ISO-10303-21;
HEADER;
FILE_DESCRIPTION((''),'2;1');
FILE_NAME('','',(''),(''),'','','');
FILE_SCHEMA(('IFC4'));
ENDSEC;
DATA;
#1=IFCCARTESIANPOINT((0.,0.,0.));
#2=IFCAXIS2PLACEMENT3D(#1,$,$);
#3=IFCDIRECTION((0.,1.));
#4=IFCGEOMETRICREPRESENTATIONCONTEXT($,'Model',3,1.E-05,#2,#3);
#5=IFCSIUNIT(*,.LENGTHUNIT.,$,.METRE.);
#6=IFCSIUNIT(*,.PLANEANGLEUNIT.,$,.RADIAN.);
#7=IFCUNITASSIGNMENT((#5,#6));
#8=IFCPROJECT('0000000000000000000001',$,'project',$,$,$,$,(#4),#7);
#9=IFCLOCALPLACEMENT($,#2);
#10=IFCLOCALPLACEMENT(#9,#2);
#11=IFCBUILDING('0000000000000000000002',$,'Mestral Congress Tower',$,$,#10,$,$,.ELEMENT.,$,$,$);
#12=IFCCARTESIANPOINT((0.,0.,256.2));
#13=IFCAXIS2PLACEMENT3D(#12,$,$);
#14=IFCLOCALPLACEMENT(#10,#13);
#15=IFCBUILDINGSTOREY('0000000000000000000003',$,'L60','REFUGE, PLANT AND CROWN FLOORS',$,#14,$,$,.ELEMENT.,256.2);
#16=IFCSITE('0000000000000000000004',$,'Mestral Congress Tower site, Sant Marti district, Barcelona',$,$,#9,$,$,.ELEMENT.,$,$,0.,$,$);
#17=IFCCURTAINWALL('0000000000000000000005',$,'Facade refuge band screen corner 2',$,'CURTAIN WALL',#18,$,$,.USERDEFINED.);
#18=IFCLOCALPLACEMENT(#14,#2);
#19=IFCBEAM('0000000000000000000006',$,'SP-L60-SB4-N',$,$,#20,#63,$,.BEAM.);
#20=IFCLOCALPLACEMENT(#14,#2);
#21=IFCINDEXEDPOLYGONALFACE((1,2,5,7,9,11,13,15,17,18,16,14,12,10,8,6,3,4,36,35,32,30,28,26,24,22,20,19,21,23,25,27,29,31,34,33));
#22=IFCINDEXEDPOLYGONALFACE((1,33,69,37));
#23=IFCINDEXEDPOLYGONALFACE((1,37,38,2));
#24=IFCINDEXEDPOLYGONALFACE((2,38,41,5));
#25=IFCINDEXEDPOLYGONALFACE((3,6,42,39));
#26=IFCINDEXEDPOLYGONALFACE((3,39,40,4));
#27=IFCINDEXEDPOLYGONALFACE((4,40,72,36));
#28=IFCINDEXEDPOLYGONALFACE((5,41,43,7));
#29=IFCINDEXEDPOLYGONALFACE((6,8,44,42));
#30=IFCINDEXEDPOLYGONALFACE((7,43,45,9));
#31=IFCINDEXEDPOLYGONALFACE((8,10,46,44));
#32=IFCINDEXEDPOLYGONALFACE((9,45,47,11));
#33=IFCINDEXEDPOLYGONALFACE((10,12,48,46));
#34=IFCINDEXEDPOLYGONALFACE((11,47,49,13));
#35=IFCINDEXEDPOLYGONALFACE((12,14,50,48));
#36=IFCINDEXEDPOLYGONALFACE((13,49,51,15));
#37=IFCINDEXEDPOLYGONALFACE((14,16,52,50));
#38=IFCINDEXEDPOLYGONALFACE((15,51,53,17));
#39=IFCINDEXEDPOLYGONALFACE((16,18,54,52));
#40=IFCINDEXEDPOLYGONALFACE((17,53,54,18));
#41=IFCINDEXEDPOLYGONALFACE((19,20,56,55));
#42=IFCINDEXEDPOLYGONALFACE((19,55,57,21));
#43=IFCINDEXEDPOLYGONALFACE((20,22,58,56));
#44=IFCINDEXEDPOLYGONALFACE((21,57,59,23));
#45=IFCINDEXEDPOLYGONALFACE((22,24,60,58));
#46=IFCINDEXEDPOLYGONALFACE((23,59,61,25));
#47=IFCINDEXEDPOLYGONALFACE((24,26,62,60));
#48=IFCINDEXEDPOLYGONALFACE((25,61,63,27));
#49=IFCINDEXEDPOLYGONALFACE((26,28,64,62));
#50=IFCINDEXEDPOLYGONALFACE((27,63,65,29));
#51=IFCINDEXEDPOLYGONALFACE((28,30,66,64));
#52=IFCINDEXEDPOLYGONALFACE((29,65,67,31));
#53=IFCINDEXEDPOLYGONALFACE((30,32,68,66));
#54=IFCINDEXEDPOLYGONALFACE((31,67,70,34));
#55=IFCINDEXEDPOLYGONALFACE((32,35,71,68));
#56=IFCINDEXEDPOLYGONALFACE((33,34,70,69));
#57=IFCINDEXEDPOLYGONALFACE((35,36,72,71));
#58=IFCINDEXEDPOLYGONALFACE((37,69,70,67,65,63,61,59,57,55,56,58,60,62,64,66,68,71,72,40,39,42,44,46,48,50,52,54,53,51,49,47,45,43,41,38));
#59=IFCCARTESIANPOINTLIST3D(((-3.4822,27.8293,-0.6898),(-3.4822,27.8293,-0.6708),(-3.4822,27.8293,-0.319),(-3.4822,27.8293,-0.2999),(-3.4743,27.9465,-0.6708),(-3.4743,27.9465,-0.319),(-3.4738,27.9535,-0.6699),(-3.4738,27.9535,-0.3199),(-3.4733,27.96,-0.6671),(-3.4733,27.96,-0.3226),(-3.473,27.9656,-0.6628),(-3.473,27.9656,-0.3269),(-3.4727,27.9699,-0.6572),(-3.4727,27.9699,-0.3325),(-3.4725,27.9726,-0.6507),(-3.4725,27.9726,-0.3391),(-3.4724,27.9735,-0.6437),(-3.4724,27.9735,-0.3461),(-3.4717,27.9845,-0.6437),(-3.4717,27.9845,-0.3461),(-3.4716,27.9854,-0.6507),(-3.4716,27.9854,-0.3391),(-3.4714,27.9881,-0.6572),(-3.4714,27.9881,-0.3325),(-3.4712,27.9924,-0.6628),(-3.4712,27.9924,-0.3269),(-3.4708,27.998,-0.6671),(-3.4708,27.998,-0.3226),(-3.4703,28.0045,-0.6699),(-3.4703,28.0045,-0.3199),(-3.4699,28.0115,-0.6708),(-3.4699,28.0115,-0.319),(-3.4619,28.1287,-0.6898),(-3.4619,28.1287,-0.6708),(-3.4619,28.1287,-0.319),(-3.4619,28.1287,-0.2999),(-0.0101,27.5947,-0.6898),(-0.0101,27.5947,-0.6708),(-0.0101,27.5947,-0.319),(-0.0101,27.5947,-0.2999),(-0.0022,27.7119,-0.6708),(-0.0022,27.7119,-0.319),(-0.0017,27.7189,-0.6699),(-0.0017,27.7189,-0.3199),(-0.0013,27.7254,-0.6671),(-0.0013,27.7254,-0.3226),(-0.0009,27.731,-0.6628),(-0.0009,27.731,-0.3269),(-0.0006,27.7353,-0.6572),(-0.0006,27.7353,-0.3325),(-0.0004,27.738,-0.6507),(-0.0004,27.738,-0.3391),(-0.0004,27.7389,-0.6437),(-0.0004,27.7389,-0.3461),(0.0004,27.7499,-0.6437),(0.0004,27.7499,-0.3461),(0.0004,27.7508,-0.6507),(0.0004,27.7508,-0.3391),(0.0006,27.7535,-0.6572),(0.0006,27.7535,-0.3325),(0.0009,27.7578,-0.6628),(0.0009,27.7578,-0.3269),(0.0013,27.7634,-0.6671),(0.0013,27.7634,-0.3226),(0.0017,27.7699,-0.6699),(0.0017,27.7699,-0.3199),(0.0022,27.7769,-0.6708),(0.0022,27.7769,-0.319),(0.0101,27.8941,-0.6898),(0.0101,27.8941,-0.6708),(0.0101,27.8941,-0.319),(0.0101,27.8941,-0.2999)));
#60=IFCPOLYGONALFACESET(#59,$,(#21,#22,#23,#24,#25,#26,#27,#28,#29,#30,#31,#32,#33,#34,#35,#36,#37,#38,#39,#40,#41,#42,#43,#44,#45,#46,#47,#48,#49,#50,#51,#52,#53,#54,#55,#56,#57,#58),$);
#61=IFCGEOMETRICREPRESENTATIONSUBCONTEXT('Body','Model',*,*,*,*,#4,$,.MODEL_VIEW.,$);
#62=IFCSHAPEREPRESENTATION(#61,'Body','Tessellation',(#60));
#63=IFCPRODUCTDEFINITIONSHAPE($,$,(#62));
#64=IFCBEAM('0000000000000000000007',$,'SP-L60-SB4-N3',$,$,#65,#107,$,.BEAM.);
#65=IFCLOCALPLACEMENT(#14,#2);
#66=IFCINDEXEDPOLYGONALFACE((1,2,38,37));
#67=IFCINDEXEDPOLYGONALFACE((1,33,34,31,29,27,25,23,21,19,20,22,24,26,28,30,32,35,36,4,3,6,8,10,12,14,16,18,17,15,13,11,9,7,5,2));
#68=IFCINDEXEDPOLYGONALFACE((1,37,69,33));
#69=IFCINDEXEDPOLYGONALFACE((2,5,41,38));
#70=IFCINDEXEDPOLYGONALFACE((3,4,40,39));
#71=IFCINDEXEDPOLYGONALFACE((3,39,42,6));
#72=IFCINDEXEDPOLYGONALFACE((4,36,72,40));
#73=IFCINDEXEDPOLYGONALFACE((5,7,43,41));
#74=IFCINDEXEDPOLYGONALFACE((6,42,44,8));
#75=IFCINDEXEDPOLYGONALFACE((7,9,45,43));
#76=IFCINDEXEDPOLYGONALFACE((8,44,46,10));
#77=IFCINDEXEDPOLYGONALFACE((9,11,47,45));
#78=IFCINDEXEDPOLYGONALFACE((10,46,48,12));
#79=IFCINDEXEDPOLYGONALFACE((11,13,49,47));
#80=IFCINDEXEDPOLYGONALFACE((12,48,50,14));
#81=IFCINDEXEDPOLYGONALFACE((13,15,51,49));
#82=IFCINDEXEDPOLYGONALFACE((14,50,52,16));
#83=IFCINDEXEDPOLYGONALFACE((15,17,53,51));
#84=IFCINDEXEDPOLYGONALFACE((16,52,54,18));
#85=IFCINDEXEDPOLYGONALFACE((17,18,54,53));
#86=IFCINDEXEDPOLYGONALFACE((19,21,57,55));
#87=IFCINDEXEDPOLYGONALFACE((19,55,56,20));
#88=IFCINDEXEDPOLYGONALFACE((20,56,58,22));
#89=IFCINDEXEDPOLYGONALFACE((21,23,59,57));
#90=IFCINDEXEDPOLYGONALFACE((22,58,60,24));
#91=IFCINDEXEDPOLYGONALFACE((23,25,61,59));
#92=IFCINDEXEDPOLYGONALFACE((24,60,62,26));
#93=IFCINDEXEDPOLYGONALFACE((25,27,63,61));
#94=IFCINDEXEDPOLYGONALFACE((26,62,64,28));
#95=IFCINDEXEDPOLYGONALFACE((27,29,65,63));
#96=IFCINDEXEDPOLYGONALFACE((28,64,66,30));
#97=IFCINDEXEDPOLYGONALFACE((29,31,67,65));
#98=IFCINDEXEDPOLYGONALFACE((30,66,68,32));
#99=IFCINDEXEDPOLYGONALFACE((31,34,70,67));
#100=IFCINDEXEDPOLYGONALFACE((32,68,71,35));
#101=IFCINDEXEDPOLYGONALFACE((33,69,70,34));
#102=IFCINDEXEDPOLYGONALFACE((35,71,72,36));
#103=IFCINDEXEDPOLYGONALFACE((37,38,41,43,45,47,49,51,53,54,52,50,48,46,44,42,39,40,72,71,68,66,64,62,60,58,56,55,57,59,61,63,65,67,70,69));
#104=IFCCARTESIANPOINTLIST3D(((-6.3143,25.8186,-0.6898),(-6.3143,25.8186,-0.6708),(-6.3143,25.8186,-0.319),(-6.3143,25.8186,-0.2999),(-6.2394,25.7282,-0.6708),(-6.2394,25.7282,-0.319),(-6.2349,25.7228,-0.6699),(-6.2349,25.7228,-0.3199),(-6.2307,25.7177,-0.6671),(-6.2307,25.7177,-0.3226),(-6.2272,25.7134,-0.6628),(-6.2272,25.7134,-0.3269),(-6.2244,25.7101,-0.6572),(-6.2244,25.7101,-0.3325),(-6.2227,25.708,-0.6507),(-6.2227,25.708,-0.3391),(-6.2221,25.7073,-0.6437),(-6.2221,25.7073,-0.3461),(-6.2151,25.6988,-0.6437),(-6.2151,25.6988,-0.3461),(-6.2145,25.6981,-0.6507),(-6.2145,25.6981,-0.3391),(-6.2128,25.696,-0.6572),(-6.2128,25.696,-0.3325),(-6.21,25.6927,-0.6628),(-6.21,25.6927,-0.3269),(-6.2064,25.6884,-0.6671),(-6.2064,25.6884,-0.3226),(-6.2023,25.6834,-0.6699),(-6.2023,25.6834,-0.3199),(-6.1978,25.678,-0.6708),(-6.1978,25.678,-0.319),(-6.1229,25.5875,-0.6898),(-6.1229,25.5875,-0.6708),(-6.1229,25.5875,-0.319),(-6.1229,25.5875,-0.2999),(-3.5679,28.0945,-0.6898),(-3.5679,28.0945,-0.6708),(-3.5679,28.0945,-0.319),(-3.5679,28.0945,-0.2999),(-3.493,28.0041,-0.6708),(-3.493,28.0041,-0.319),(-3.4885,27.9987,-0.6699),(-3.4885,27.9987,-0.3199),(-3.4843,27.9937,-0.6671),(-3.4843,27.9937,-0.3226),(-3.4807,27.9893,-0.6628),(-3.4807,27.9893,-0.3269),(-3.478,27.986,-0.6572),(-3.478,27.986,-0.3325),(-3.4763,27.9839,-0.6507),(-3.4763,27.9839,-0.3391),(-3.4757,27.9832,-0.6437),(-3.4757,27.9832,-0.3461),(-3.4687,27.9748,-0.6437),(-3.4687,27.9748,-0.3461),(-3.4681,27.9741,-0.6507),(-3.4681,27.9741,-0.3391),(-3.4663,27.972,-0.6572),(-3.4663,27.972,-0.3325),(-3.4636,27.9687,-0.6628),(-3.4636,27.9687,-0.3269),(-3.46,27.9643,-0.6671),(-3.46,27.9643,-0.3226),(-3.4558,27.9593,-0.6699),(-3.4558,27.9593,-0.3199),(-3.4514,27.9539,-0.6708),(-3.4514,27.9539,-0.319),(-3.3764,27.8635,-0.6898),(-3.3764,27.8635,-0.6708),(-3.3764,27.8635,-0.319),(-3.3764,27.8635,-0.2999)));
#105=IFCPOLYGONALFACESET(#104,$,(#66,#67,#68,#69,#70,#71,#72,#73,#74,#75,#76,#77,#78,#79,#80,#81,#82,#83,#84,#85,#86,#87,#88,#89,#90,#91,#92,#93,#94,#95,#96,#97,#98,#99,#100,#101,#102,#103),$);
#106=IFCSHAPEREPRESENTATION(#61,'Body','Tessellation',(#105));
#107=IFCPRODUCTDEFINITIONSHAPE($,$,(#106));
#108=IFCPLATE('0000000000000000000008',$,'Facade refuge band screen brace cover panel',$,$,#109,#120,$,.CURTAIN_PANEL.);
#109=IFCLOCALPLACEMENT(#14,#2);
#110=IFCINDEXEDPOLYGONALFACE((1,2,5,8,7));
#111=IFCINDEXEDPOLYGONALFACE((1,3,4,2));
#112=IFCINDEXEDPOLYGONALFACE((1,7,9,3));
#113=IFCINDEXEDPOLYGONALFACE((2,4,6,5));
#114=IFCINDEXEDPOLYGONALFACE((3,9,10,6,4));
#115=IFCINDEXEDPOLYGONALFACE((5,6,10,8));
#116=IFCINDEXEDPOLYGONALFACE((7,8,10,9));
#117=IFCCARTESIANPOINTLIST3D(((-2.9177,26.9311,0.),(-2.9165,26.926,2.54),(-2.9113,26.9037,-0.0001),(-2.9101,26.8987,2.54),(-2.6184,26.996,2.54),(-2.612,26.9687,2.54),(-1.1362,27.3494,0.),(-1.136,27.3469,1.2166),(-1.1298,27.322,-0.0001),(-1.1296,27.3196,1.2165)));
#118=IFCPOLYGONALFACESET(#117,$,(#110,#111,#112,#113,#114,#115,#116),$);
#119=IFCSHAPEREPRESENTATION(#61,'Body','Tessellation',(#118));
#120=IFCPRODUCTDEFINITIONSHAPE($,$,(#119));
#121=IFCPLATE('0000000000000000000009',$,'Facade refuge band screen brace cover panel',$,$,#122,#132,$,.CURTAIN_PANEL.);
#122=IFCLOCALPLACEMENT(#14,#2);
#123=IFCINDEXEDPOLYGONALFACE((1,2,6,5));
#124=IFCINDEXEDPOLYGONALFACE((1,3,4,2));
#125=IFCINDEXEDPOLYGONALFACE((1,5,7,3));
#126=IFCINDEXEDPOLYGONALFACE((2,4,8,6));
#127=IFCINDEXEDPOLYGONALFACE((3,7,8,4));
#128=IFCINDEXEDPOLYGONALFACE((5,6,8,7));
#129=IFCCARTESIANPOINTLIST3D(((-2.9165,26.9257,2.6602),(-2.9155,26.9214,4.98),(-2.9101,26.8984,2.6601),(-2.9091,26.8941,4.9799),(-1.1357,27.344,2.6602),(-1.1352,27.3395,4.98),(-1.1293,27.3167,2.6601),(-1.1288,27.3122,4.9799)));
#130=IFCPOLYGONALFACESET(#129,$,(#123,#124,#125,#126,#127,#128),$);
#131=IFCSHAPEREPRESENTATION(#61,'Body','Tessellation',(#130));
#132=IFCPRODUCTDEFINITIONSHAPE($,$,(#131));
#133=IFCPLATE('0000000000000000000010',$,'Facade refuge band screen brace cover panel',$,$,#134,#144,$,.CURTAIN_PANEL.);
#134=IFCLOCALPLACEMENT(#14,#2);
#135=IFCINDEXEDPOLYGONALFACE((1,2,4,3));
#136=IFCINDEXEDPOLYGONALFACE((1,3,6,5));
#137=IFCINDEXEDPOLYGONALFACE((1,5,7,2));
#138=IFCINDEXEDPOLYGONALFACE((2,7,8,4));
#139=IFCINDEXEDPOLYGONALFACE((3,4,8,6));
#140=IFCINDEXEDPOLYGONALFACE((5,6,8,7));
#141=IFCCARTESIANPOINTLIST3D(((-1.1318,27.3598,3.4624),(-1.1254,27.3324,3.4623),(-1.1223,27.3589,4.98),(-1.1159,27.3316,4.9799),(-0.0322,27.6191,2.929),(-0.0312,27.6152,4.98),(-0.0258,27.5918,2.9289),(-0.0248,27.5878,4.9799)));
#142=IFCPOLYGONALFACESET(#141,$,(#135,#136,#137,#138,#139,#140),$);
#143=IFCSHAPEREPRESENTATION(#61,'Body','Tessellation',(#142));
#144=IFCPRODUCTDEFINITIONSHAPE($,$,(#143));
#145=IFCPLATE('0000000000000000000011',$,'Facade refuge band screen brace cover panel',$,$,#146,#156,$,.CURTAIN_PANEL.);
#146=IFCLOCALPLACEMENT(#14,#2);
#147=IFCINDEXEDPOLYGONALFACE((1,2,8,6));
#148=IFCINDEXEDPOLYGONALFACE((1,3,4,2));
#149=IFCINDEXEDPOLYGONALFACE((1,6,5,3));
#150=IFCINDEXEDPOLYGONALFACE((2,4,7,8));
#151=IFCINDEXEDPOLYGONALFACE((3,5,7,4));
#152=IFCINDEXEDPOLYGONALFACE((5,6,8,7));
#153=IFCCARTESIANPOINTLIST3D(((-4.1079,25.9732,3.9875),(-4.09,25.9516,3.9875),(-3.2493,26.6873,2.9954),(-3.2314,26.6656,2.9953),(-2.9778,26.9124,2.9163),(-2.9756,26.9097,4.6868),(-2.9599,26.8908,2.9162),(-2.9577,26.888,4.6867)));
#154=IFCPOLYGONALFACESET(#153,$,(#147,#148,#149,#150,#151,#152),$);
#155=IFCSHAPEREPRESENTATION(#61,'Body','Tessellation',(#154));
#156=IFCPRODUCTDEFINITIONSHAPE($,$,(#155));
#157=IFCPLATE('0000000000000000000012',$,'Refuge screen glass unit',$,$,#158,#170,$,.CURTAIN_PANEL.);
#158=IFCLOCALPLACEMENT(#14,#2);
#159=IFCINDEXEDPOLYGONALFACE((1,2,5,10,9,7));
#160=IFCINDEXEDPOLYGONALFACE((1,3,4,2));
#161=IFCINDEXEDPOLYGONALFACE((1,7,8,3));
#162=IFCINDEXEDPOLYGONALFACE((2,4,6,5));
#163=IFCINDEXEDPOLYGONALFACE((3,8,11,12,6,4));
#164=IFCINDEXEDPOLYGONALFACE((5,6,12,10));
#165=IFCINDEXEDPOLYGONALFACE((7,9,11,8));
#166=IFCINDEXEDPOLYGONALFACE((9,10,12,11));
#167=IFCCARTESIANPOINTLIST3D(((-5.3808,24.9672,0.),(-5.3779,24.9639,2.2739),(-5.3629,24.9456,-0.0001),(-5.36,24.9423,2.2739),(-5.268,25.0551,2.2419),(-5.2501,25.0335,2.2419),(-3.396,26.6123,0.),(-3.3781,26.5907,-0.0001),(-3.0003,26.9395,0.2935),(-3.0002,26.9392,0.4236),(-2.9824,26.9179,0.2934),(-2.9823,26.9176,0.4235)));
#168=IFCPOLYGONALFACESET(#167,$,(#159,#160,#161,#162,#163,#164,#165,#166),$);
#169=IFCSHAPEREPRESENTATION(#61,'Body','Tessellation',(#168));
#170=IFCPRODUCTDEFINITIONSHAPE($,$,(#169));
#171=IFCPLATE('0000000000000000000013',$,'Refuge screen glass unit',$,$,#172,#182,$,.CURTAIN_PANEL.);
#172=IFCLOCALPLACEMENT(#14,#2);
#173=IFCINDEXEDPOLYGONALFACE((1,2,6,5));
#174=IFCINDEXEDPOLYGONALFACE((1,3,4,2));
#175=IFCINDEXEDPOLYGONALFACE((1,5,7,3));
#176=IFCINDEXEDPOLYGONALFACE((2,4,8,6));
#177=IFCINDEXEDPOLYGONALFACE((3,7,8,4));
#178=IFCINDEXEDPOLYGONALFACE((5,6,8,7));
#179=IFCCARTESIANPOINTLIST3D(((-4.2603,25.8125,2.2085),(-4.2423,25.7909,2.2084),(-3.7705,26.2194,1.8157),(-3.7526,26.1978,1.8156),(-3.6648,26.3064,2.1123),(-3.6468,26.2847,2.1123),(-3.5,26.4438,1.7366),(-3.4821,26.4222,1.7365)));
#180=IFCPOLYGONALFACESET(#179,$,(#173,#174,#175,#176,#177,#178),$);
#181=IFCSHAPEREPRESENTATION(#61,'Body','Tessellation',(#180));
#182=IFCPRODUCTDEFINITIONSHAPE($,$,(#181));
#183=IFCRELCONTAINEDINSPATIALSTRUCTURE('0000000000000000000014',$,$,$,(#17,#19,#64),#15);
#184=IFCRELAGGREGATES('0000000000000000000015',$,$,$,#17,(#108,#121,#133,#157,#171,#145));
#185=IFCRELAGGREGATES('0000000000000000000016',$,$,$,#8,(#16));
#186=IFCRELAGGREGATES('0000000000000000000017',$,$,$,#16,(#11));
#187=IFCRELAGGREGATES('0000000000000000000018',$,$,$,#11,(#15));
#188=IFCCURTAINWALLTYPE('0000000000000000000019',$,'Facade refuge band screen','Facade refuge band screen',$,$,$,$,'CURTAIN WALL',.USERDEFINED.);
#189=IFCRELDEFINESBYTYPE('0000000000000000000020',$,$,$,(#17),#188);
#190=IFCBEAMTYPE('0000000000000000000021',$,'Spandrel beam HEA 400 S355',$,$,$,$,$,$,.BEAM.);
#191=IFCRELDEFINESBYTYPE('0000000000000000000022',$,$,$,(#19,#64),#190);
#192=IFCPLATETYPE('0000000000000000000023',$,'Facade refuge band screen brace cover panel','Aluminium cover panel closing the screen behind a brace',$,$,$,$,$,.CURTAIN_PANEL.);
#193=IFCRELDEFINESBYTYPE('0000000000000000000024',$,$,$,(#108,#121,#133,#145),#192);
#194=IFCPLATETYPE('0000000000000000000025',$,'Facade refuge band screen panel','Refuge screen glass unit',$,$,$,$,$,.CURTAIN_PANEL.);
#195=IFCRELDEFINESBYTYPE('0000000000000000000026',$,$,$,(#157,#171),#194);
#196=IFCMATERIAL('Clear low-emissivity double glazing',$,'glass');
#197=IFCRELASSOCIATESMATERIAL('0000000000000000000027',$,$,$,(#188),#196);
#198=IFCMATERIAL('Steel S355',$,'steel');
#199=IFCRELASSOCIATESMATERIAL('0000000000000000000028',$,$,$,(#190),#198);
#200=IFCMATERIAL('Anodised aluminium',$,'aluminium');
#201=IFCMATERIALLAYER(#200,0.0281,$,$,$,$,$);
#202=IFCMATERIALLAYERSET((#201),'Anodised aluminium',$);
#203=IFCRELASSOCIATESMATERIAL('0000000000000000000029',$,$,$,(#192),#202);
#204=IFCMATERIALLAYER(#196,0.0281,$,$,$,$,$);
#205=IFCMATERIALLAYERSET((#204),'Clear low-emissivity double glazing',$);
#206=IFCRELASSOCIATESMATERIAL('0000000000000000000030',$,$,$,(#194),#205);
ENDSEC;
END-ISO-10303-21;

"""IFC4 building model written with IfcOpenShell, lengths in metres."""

from ifc_helpers import new_model, si_unit, direction, frame, origin, origin_2d, place, context, subcontext, project, spatial, polyline, i_section, outline, extrude, material, layer, layer_set, material_profile, profile_set, type_object, element, aggregate, save


model = new_model("IFC4")

# Units and contexts
model_context = context("Model", 3, precision=1e-05, world=origin(), true_north=direction((0.0, 1.0)))
body_context = subcontext(model_context, "Body", "Model", "MODEL_VIEW")
ifc_project = project(units=[si_unit("LENGTHUNIT", "METRE"), si_unit("PLANEANGLEUNIT", "RADIAN")], contexts=[model_context])

# Site, building, storey
site_placement = place(None, origin())
site = spatial("IfcSite", under=ifc_project, at=site_placement, Name="Mestral Congress Tower site, Sant Marti district, Barcelona", CompositionType="ELEMENT", RefElevation=0.0)
building_placement = place(site_placement, origin())
building = spatial("IfcBuilding", under=site, at=building_placement, Name="Mestral Congress Tower", CompositionType="ELEMENT")
storey_placement = place(building_placement, frame((0.0, 0.0, 256.2)))
storey = spatial("IfcBuildingStorey", under=building, at=storey_placement, Name="L60", Description="REFUGE, PLANT AND CROWN FLOORS", CompositionType="ELEMENT", Elevation=256.2)

# Shared definitions
ifc_material_1 = material(Name="Steel S355", Category="steel")

# Curtain wall
ifc_material_2 = material(Name="Clear low-emissivity double glazing", Category="glass")
curtain_wall_type = type_object("IfcCurtainWallType", Name="Facade refuge band screen", Description="Facade refuge band screen", ElementType="CURTAIN WALL", PredefinedType="USERDEFINED", material=ifc_material_2)
curtain_wall_placement = place(storey_placement, origin())
curtain_wall = element("IfcCurtainWall", 1, at=curtain_wall_placement, inside=storey, type_object=curtain_wall_type, Name="Facade refuge band screen corner 2", ObjectType="CURTAIN WALL", PredefinedType="USERDEFINED")
ifc_material_3 = material(Name="Anodised aluminium", Category="aluminium")

# Beams
ifc_material_profile_1 = material_profile(ifc_material_1, i_section(OverallWidth=0.3, OverallDepth=0.3899, WebThickness=0.011, FlangeThickness=0.019, FilletRadius=0.0271, at=origin_2d()), Name="HEA 400")
ifc_profile_set_1 = profile_set([ifc_material_profile_1], Name="Steel S355")
beam_type_1 = type_object("IfcBeamType", Name="Spandrel beam HEA 400 S355", PredefinedType="BEAM", material=ifc_profile_set_1)
beam_1_placement = place(storey_placement, frame((0.0, 27.7444, -0.4949), z_axis=(-0.997725, 0.067418, 0.0), x_axis=(-0.067418, -0.997725, 0.0)))
element("IfcBeam", 2, at=beam_1_placement, inside=storey, type_object=beam_type_1, Name="SP-L60-SB4-N", PredefinedType="BEAM", context=body_context, shape_type="SweptSolid", body=[
    extrude(i_section(OverallWidth=0.3, OverallDepth=0.3899, WebThickness=0.011, FlangeThickness=0.019, FilletRadius=0.0271, at=origin_2d()), origin(), (0.0, 0.0, 1.0), 3.48),
])
beam_2_placement = place(storey_placement, frame((-3.4722, 27.979, -0.4949), z_axis=(-0.769974, -0.638075, 0.0), x_axis=(0.638075, -0.769974, 0.0)))
element("IfcBeam", 3, at=beam_2_placement, inside=storey, type_object=beam_type_1, Name="SP-L60-SB4-N3", PredefinedType="BEAM", context=body_context, shape_type="SweptSolid", body=[
    extrude(i_section(OverallWidth=0.3, OverallDepth=0.3899, WebThickness=0.011, FlangeThickness=0.019, FilletRadius=0.0271, at=origin_2d()), origin(), (0.0, 0.0, 1.0), 3.5669),
])

# Plates
ifc_layer_1 = layer(ifc_material_3, 0.0281)
ifc_layer_set_1 = layer_set([ifc_layer_1], Name="Anodised aluminium")
plate_type_1 = type_object("IfcPlateType", Name="Facade refuge band screen brace cover panel", Description="Aluminium cover panel closing the screen behind a brace", PredefinedType="CURTAIN_PANEL", material=ifc_layer_set_1)
plate_1_placement = place(storey_placement, frame((-1.1362, 27.3494, 0.0), z_axis=(-0.228587, 0.973521, 0.002034), x_axis=(0.000209, -0.00204, 0.999998)))
plate_1 = element("IfcPlate", 4, at=plate_1_placement, type_object=plate_type_1, Name="Facade refuge band screen brace cover panel", PredefinedType="CURTAIN_PANEL", context=body_context, shape_type="SweptSolid", body=[
    extrude(outline(polyline([(0.0, 0.0), (1.2166, 0.0), (2.5404, -1.523), (2.5405, -1.8292), (0.0005, -1.8299), (0.0, 0.0)])), origin(), (0.0, 0.0, -1.0), 0.0281),
])
plate_2_placement = place(storey_placement, frame((-2.9155, 26.9214, 4.98), z_axis=(-0.228659, 0.973505, 0.001916), x_axis=(-0.000415, 0.001871, -0.999998)))
plate_2 = element("IfcPlate", 5, at=plate_2_placement, type_object=plate_type_1, Name="Facade refuge band screen brace cover panel", PredefinedType="CURTAIN_PANEL", context=body_context, shape_type="SweptSolid", body=[
    extrude(outline(polyline([(0.0, 0.0), (2.3198, 0.0), (2.3199, -1.8292), (0.0, -1.8287), (0.0, 0.0)])), origin(), (0.0, 0.0, -1.0), 0.0281),
])
plate_3_placement = place(storey_placement, frame((-1.1223, 27.3589, 4.98), z_axis=(-0.228649, 0.973507, 0.002005), x_axis=(-0.006261, 0.000589, -0.99998)))
plate_3 = element("IfcPlate", 6, at=plate_3_placement, type_object=plate_type_1, Name="Facade refuge band screen brace cover panel", PredefinedType="CURTAIN_PANEL", context=body_context, shape_type="SweptSolid", body=[
    extrude(outline(polyline([(0.0, 0.0), (1.5176, 0.0), (2.0443, -1.1329), (-0.0067, -1.1208), (0.0, 0.0)])), origin(), (0.0, 0.0, -1.0), 0.0281),
])
plate_4_placement = place(storey_placement, frame((-2.9756, 26.9097, 4.6868), z_axis=(-0.638038, 0.770002, 0.001987), x_axis=(-0.695844, -0.575481, -0.429677)))
plate_4 = element("IfcPlate", 7, at=plate_4_placement, type_object=plate_type_1, Name="Facade refuge band screen brace cover panel", PredefinedType="CURTAIN_PANEL", context=body_context, shape_type="SweptSolid", body=[
    extrude(outline(polyline([(0.0, 0.0), (1.6273, 0.0), (1.0452, -1.3758), (0.7607, -1.5987), (0.0, 0.0)])), origin(), (0.0, 0.0, -1.0), 0.0281),
])
ifc_layer_2 = layer(ifc_material_2, 0.0281)
ifc_layer_set_2 = layer_set([ifc_layer_2], Name="Clear low-emissivity double glazing")
plate_type_2 = type_object("IfcPlateType", Name="Facade refuge band screen panel", Description="Refuge screen glass unit", PredefinedType="CURTAIN_PANEL", material=ifc_layer_set_2)
plate_5_placement = place(storey_placement, frame((-3.0002, 26.9392, 0.4236), z_axis=(-0.638133, 0.769924, 0.001925), x_axis=(-0.65467, -0.54392, 0.524936)))
plate_5 = element("IfcPlate", 8, at=plate_5_placement, type_object=plate_type_2, Name="Refuge screen glass unit", PredefinedType="CURTAIN_PANEL", context=body_context, shape_type="SweptSolid", body=[
    extrude(outline(polyline([(0.0, 0.0), (3.464, 0.0), (3.6023, -0.0478), (2.4087, -1.9832), (0.2145, -0.63), (-0.0684, -0.1107), (0.0, 0.0)])), origin(), (0.0, 0.0, -1.0), 0.0281),
])
plate_6_placement = place(storey_placement, frame((-3.5, 26.4438, 1.7366), z_axis=(-0.638187, 0.769879, 0.001859), x_axis=(-0.380787, -0.317747, 0.868354)))
plate_6 = element("IfcPlate", 9, at=plate_6_placement, type_object=plate_type_2, Name="Refuge screen glass unit", PredefinedType="CURTAIN_PANEL", context=body_context, shape_type="SweptSolid", body=[
    extrude(outline(polyline([(0.0, 0.0), (0.4327, 0.0), (0.8999, -0.6241), (0.243, -0.2659), (0.0, 0.0)])), origin(), (0.0, 0.0, -1.0), 0.0281),
])

aggregate(curtain_wall, [plate_1, plate_2, plate_3, plate_5, plate_6, plate_4])

save(model, "model.ifc")
